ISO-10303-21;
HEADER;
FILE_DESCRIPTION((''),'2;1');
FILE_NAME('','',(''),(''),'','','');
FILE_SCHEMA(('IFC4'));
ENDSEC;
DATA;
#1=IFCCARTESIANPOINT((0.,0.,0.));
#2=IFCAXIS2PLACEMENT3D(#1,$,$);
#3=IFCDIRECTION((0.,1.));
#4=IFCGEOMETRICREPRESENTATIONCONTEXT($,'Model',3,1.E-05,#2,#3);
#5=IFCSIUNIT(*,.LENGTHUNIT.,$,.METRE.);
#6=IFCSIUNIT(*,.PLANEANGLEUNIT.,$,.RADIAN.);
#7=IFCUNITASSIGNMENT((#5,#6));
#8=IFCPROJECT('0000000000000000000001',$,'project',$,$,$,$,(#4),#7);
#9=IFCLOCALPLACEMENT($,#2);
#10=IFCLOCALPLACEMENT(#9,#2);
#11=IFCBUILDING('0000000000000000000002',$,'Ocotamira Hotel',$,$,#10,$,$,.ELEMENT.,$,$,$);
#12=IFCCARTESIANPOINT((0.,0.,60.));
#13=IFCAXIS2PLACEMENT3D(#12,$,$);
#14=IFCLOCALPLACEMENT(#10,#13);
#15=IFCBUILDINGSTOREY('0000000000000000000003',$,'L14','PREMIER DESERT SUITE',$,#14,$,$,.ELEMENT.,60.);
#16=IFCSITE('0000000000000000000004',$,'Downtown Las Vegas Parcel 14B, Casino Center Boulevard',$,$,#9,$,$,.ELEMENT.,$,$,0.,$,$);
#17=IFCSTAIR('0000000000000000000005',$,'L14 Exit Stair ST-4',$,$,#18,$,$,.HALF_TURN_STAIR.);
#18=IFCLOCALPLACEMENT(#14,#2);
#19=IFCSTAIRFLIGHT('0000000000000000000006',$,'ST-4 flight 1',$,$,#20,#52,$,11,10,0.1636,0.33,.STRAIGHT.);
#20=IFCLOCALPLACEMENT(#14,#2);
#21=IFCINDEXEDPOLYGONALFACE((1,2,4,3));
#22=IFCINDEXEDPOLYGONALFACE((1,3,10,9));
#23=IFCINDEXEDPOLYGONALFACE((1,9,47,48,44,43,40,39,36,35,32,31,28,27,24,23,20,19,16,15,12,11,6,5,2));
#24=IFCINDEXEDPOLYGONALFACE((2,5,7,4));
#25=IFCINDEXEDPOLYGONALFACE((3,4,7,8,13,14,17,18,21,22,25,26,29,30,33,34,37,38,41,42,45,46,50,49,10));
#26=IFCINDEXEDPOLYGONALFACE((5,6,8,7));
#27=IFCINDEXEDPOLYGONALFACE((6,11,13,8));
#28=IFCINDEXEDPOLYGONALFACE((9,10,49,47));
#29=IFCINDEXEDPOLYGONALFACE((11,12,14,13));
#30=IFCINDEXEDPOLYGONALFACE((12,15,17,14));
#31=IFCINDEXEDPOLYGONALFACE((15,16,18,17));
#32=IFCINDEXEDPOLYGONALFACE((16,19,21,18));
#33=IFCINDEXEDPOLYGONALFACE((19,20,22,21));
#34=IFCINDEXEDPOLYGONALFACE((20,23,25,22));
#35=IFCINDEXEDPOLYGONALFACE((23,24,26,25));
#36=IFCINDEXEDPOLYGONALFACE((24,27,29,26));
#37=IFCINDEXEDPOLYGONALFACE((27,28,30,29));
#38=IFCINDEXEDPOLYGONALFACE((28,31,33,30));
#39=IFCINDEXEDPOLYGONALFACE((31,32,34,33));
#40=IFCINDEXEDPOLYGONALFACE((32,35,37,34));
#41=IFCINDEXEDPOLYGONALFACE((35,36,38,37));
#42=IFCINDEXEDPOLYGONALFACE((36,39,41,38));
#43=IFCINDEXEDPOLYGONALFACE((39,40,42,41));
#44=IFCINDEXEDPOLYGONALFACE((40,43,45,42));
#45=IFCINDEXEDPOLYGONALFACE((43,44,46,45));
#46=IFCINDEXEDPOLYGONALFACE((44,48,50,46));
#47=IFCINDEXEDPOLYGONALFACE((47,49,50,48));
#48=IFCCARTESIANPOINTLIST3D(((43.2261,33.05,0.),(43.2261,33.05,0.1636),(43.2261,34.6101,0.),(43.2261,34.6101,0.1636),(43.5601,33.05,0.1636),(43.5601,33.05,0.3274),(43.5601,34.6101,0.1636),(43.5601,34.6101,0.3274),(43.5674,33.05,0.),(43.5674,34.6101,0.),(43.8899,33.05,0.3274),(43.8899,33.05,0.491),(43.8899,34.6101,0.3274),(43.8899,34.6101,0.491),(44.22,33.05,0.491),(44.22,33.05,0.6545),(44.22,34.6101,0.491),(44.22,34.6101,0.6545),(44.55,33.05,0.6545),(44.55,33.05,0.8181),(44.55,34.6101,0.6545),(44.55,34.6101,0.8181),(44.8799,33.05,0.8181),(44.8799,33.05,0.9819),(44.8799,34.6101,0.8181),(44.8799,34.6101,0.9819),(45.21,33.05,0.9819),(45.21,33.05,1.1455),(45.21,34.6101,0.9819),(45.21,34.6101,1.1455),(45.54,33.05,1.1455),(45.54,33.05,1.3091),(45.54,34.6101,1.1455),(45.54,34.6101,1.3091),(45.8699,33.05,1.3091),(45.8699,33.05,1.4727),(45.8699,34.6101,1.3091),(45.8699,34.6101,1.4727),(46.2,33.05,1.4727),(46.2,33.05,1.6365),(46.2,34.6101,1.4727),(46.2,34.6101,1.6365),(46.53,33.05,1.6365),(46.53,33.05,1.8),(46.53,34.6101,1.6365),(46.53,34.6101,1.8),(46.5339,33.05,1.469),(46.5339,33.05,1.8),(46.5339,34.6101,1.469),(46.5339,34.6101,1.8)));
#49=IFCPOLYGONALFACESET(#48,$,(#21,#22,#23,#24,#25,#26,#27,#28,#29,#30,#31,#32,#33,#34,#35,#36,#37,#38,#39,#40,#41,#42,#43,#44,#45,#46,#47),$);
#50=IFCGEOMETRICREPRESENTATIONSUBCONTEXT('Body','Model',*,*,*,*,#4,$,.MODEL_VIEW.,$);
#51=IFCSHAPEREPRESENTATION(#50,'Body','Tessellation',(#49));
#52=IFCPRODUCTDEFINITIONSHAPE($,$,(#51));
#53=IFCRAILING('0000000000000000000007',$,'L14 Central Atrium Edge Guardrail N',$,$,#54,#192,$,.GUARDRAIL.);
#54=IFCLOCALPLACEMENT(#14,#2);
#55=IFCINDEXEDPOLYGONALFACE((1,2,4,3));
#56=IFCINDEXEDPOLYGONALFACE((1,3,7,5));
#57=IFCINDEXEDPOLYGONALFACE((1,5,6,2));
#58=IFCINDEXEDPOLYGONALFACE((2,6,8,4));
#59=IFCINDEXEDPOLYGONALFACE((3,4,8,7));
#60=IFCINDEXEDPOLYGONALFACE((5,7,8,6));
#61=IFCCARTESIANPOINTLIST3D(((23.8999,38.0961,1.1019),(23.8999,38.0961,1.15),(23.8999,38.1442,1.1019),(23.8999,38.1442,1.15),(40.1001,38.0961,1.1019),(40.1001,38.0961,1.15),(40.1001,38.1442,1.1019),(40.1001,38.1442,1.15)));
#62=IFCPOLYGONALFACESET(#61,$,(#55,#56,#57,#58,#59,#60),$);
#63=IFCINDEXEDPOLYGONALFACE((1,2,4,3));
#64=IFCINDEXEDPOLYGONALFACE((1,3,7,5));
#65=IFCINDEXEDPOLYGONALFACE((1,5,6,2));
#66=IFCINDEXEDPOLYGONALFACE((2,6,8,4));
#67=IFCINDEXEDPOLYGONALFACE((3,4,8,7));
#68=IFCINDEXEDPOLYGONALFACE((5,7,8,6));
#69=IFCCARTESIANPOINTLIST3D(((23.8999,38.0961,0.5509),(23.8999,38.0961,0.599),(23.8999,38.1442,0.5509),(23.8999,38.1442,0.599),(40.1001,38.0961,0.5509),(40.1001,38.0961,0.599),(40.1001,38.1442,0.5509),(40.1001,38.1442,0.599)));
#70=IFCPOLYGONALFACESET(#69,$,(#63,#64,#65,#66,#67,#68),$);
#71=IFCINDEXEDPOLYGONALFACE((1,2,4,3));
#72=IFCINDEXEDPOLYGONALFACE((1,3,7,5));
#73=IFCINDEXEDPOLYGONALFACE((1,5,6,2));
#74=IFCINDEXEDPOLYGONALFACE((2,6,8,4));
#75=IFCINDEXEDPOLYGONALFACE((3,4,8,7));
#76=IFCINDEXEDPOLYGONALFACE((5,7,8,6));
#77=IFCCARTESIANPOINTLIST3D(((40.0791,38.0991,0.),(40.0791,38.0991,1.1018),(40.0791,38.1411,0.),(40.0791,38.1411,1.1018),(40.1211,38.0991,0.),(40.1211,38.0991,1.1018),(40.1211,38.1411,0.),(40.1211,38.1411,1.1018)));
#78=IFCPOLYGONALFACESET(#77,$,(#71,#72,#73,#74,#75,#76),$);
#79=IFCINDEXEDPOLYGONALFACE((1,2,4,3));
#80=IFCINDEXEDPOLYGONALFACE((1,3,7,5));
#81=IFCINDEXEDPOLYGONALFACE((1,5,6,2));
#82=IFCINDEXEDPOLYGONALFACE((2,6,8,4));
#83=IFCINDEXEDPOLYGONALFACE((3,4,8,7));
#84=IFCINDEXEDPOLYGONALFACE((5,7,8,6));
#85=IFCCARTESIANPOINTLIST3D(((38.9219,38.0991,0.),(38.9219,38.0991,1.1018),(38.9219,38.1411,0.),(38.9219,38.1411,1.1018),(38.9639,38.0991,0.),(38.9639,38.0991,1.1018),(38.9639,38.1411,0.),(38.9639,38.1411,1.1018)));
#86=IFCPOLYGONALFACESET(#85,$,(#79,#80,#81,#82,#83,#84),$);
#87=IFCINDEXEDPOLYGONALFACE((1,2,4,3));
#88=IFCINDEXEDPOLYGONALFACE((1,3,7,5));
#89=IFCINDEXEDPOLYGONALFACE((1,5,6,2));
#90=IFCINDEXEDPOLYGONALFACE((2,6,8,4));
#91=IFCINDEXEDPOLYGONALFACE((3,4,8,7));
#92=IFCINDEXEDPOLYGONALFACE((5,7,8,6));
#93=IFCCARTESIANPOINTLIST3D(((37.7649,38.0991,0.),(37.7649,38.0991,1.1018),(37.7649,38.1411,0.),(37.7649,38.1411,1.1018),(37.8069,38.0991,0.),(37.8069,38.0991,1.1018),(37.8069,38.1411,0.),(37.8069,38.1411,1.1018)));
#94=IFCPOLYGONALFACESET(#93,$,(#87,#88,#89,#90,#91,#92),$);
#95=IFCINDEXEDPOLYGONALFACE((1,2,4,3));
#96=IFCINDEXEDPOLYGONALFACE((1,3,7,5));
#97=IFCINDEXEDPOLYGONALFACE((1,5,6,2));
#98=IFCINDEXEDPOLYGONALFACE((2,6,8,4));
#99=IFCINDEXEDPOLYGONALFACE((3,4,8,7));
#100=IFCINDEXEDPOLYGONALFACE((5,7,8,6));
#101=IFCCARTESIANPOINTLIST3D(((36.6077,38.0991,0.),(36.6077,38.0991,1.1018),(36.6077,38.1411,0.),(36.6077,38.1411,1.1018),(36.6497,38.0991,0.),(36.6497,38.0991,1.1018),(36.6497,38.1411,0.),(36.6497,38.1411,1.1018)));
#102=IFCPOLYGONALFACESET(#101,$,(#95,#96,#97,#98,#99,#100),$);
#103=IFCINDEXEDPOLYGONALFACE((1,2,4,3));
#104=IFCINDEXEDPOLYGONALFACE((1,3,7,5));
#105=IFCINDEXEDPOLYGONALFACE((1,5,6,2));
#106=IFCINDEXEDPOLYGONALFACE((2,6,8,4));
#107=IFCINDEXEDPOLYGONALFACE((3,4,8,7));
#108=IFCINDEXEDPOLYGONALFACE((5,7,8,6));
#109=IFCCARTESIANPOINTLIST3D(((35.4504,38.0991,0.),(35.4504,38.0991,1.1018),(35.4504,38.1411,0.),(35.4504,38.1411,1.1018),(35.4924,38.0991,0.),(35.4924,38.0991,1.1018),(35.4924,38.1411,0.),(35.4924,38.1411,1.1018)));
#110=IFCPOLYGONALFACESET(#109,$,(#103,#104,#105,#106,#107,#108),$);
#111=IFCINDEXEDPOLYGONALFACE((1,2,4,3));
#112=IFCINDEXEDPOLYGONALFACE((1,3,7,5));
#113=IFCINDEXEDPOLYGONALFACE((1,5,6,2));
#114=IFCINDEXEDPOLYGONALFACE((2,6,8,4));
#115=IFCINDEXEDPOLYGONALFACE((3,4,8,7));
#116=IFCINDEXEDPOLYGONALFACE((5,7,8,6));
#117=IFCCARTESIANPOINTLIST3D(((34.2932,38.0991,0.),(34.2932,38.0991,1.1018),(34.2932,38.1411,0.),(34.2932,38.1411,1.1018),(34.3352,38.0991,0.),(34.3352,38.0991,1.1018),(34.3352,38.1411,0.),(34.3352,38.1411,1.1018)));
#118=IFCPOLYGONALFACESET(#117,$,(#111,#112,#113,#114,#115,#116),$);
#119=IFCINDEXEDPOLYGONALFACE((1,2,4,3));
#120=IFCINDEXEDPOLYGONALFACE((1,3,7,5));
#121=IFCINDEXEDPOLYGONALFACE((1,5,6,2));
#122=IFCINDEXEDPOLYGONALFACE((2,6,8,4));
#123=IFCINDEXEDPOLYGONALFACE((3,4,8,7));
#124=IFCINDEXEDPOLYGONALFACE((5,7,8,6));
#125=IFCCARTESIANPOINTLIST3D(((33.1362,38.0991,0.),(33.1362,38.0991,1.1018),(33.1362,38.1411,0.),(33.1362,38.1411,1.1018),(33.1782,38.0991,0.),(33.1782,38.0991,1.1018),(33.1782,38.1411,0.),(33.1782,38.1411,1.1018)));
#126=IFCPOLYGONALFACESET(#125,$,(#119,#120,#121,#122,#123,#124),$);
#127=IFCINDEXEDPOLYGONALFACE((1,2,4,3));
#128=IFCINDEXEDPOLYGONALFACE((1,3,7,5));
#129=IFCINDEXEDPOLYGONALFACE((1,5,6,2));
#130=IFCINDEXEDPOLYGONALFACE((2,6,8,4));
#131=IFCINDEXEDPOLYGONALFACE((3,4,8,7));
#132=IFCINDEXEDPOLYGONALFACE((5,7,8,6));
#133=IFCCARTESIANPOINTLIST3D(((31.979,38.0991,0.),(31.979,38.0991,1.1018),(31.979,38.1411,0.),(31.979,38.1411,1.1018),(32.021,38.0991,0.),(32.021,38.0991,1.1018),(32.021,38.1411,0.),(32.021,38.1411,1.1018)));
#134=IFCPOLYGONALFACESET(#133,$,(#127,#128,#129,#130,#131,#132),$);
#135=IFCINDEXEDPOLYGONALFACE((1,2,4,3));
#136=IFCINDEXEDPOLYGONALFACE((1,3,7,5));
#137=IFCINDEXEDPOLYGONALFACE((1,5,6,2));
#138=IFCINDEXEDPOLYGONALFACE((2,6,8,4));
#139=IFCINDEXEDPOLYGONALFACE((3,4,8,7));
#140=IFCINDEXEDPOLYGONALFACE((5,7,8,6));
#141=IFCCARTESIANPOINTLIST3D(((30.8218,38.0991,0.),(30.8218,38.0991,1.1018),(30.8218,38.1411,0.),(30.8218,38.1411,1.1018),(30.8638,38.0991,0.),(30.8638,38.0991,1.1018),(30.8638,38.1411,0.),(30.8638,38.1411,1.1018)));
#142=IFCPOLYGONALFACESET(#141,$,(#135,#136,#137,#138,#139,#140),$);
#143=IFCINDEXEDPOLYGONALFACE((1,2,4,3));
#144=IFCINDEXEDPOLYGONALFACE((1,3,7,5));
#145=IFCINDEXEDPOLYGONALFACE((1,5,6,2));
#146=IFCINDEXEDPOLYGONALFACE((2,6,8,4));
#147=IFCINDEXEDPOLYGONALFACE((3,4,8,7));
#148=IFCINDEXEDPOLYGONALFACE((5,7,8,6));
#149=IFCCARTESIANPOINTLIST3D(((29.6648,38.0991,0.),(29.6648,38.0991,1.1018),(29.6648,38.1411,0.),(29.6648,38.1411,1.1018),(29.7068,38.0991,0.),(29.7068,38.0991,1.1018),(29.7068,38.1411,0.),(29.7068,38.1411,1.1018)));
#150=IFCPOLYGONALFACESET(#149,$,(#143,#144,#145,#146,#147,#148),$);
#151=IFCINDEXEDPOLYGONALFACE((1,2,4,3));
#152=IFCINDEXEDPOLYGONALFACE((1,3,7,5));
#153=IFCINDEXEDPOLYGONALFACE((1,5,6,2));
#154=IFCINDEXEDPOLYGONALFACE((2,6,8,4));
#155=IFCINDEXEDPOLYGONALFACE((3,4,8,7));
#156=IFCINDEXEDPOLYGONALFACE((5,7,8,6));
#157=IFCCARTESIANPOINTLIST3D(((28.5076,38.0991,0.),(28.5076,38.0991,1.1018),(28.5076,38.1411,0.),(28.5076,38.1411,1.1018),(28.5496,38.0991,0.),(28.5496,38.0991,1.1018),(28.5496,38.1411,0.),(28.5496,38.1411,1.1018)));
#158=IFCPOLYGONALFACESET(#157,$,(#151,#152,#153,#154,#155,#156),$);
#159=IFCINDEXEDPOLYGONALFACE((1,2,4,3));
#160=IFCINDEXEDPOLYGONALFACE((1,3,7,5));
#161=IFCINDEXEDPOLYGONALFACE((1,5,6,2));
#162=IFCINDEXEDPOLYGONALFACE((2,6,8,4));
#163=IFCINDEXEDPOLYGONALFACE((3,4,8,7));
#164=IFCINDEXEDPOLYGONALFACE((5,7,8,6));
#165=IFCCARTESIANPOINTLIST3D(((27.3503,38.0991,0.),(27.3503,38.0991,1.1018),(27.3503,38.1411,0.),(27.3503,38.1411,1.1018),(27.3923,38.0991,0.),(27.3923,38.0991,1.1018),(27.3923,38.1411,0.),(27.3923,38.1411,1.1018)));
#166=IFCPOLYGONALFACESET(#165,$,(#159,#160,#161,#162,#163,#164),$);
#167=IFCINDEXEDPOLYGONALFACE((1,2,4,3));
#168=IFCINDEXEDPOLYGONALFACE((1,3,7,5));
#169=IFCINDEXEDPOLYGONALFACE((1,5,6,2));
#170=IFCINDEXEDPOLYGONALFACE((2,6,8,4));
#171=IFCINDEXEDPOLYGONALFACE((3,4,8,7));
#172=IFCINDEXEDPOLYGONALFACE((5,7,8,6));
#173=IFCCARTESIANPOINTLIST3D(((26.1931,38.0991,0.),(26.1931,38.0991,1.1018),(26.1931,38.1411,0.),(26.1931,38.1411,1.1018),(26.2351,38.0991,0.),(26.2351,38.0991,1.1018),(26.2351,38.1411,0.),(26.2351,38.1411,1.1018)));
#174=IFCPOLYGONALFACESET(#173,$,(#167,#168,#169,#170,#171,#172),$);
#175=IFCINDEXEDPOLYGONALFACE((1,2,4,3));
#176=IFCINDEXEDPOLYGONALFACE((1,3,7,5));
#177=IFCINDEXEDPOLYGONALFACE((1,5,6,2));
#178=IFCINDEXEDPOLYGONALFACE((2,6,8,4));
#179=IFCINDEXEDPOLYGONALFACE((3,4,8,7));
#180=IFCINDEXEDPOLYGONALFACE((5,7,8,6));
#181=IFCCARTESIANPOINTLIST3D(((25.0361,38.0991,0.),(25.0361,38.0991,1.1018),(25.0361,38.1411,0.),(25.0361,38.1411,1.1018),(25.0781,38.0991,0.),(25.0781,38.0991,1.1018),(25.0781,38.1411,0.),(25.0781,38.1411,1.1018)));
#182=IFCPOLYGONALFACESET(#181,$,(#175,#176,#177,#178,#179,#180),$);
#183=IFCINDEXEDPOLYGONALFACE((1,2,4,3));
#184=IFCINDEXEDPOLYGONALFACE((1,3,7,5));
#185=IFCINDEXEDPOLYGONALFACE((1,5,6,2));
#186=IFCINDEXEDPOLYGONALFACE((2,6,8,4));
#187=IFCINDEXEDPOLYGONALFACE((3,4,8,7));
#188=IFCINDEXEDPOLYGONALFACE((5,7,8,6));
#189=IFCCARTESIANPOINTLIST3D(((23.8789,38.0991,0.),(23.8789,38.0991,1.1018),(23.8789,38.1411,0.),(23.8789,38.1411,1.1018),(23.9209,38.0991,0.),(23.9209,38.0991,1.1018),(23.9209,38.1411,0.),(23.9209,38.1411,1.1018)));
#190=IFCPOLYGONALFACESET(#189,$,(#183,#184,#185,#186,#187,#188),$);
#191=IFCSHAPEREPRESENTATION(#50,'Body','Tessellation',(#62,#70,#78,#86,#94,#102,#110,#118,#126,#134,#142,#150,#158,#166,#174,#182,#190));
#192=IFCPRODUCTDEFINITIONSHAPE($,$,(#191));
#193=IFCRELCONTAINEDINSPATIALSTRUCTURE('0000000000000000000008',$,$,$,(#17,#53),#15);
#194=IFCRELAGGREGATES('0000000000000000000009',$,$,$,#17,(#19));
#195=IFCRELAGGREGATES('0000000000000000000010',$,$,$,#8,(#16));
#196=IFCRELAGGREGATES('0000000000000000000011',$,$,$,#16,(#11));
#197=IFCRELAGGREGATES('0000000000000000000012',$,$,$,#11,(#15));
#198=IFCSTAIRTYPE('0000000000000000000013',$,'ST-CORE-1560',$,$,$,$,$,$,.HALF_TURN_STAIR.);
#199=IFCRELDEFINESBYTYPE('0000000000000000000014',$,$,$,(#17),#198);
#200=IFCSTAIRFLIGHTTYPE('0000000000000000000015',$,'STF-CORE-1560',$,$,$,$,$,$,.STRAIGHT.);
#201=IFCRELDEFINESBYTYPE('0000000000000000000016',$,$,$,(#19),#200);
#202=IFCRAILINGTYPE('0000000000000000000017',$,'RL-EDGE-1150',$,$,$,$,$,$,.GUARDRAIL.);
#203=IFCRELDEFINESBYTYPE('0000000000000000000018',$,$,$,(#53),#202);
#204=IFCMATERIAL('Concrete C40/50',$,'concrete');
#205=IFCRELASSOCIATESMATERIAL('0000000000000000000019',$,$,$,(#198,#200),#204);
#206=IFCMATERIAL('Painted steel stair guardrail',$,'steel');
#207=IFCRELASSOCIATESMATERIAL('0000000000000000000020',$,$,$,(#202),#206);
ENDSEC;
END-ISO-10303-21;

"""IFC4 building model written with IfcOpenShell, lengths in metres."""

from ifc_helpers import new_model, si_unit, direction, frame, origin, origin_2d, place, context, subcontext, project, spatial, polyline, rectangle, outline, extrude, source, transform, mapped, material, type_object, element, aggregate, save


model = new_model("IFC4")

# Units and contexts
model_context = context("Model", 3, precision=1e-05, world=origin(), true_north=direction((0.0, 1.0)))
body_context = subcontext(model_context, "Body", "Model", "MODEL_VIEW")
ifc_project = project(units=[si_unit("LENGTHUNIT", "METRE"), si_unit("PLANEANGLEUNIT", "RADIAN")], contexts=[model_context])

# Site, building, storey
site_placement = place(None, origin())
site = spatial("IfcSite", under=ifc_project, at=site_placement, Name="Downtown Las Vegas Parcel 14B, Casino Center Boulevard", CompositionType="ELEMENT", RefElevation=0.0)
building_placement = place(site_placement, origin())
building = spatial("IfcBuilding", under=site, at=building_placement, Name="Ocotamira Hotel", CompositionType="ELEMENT")
storey_placement = place(building_placement, frame((0.0, 0.0, 60.0)))
storey = spatial("IfcBuildingStorey", under=building, at=storey_placement, Name="L14", Description="PREMIER DESERT SUITE", CompositionType="ELEMENT", Elevation=60.0)

# Stair, stair flight
ifc_material_1 = material(Name="Concrete C40/50", Category="concrete")
stair_type = type_object("IfcStairType", Name="ST-CORE-1560", PredefinedType="HALF_TURN_STAIR", material=ifc_material_1)
stair_placement = place(storey_placement, origin())
stair = element("IfcStair", 1, at=stair_placement, inside=storey, type_object=stair_type, Name="L14 Exit Stair ST-4", PredefinedType="HALF_TURN_STAIR")
stair_flight_type = type_object("IfcStairFlightType", Name="STF-CORE-1560", PredefinedType="STRAIGHT", material=ifc_material_1)
shared_shape_1 = source(origin(), body_context, "Body", "SweptSolid", [
    extrude(outline(polyline([(-0.0039, 0.0), (-0.0039, 0.1636), (0.3301, 0.1636), (0.3301, 0.3274), (0.6599, 0.3274), (0.6599, 0.491), (0.99, 0.491), (0.99, 0.6545), (1.3201, 0.6545), (1.3201, 0.8181), (1.6499, 0.8181), (1.6499, 0.9819), (1.98, 0.9819), (1.98, 1.1455), (2.3101, 1.1455), (2.3101, 1.3091), (2.6399, 1.3091), (2.6399, 1.4727), (2.97, 1.4727), (2.97, 1.6365), (3.3, 1.6365), (3.3, 1.8), (3.304, 1.8), (3.304, 1.469), (0.3374, 0.0), (-0.0039, 0.0)])), frame((0.0, 0.78, 0.0), z_axis=(0.0, -1.0, 0.0), x_axis=(1.0, 0.0, 0.0)), (0.0, 0.0, 1.0), 1.5601),
])
stair_flight_placement = place(storey_placement, frame((43.23, 33.8301, 0.0), z_axis=(0.0, 0.0, 1.0), x_axis=(1.0, 0.0, 0.0)))
stair_flight = element("IfcStairFlight", 2, at=stair_flight_placement, type_object=stair_flight_type, Name="ST-4 flight 1", NumberOfRisers=11, NumberOfTreads=10, PredefinedType="STRAIGHT", RiserHeight=0.1636, TreadLength=0.33, context=body_context, shape_type="MappedRepresentation", body=[
    mapped(shared_shape_1, transform((0.0, 0.0, 0.0), scale=1.0)),
])
aggregate(stair, [stair_flight])

# Railing
ifc_material_2 = material(Name="Painted steel stair guardrail", Category="steel")
railing_type_1 = type_object("IfcRailingType", Name="RL-EDGE-1150", PredefinedType="GUARDRAIL", material=ifc_material_2)
railing_1_placement = place(storey_placement, frame((40.1001, 38.1201, 0.0)))
element("IfcRailing", 3, at=railing_1_placement, inside=storey, type_object=railing_type_1, Name="L14 Central Atrium Edge Guardrail N", PredefinedType="GUARDRAIL", context=body_context, shape_type="SweptSolid", body=[
    extrude(rectangle(XDim=0.0481, YDim=0.0481, at=origin_2d()), frame((0.0, 0.0, 1.126), z_axis=(-1.0, 0.0, 0.0), x_axis=(0.0, -1.0, 0.0)), (0.0, 0.0, 1.0), 16.2002),
    extrude(rectangle(XDim=0.0481, YDim=0.0481, at=origin_2d()), frame((0.0, 0.0, 0.575), z_axis=(-1.0, 0.0, 0.0), x_axis=(0.0, -1.0, 0.0)), (0.0, 0.0, 1.0), 16.2002),
    extrude(rectangle(XDim=0.042, YDim=0.042, at=origin_2d()), origin(), (0.0, 0.0, 1.0), 1.1018),
    extrude(rectangle(XDim=0.042, YDim=0.042, at=origin_2d()), frame((-1.1572, 0.0, 0.0)), (0.0, 0.0, 1.0), 1.1018),
    extrude(rectangle(XDim=0.042, YDim=0.042, at=origin_2d()), frame((-2.3142, 0.0, 0.0)), (0.0, 0.0, 1.0), 1.1018),
    extrude(rectangle(XDim=0.042, YDim=0.042, at=origin_2d()), frame((-3.4714, 0.0, 0.0)), (0.0, 0.0, 1.0), 1.1018),
    extrude(rectangle(XDim=0.042, YDim=0.042, at=origin_2d()), frame((-4.6287, 0.0, 0.0)), (0.0, 0.0, 1.0), 1.1018),
    extrude(rectangle(XDim=0.042, YDim=0.042, at=origin_2d()), frame((-5.7859, 0.0, 0.0)), (0.0, 0.0, 1.0), 1.1018),
    extrude(rectangle(XDim=0.042, YDim=0.042, at=origin_2d()), frame((-6.9429, 0.0, 0.0)), (0.0, 0.0, 1.0), 1.1018),
    extrude(rectangle(XDim=0.042, YDim=0.042, at=origin_2d()), frame((-8.1001, 0.0, 0.0)), (0.0, 0.0, 1.0), 1.1018),
    extrude(rectangle(XDim=0.042, YDim=0.042, at=origin_2d()), frame((-9.2573, 0.0, 0.0)), (0.0, 0.0, 1.0), 1.1018),
    extrude(rectangle(XDim=0.042, YDim=0.042, at=origin_2d()), frame((-10.4143, 0.0, 0.0)), (0.0, 0.0, 1.0), 1.1018),
    extrude(rectangle(XDim=0.042, YDim=0.042, at=origin_2d()), frame((-11.5715, 0.0, 0.0)), (0.0, 0.0, 1.0), 1.1018),
    extrude(rectangle(XDim=0.042, YDim=0.042, at=origin_2d()), frame((-12.7288, 0.0, 0.0)), (0.0, 0.0, 1.0), 1.1018),
    extrude(rectangle(XDim=0.042, YDim=0.042, at=origin_2d()), frame((-13.886, 0.0, 0.0)), (0.0, 0.0, 1.0), 1.1018),
    extrude(rectangle(XDim=0.042, YDim=0.042, at=origin_2d()), frame((-15.043, 0.0, 0.0)), (0.0, 0.0, 1.0), 1.1018),
    extrude(rectangle(XDim=0.042, YDim=0.042, at=origin_2d()), frame((-16.2002, 0.0, 0.0)), (0.0, 0.0, 1.0), 1.1018),
])

save(model, "model.ifc")
